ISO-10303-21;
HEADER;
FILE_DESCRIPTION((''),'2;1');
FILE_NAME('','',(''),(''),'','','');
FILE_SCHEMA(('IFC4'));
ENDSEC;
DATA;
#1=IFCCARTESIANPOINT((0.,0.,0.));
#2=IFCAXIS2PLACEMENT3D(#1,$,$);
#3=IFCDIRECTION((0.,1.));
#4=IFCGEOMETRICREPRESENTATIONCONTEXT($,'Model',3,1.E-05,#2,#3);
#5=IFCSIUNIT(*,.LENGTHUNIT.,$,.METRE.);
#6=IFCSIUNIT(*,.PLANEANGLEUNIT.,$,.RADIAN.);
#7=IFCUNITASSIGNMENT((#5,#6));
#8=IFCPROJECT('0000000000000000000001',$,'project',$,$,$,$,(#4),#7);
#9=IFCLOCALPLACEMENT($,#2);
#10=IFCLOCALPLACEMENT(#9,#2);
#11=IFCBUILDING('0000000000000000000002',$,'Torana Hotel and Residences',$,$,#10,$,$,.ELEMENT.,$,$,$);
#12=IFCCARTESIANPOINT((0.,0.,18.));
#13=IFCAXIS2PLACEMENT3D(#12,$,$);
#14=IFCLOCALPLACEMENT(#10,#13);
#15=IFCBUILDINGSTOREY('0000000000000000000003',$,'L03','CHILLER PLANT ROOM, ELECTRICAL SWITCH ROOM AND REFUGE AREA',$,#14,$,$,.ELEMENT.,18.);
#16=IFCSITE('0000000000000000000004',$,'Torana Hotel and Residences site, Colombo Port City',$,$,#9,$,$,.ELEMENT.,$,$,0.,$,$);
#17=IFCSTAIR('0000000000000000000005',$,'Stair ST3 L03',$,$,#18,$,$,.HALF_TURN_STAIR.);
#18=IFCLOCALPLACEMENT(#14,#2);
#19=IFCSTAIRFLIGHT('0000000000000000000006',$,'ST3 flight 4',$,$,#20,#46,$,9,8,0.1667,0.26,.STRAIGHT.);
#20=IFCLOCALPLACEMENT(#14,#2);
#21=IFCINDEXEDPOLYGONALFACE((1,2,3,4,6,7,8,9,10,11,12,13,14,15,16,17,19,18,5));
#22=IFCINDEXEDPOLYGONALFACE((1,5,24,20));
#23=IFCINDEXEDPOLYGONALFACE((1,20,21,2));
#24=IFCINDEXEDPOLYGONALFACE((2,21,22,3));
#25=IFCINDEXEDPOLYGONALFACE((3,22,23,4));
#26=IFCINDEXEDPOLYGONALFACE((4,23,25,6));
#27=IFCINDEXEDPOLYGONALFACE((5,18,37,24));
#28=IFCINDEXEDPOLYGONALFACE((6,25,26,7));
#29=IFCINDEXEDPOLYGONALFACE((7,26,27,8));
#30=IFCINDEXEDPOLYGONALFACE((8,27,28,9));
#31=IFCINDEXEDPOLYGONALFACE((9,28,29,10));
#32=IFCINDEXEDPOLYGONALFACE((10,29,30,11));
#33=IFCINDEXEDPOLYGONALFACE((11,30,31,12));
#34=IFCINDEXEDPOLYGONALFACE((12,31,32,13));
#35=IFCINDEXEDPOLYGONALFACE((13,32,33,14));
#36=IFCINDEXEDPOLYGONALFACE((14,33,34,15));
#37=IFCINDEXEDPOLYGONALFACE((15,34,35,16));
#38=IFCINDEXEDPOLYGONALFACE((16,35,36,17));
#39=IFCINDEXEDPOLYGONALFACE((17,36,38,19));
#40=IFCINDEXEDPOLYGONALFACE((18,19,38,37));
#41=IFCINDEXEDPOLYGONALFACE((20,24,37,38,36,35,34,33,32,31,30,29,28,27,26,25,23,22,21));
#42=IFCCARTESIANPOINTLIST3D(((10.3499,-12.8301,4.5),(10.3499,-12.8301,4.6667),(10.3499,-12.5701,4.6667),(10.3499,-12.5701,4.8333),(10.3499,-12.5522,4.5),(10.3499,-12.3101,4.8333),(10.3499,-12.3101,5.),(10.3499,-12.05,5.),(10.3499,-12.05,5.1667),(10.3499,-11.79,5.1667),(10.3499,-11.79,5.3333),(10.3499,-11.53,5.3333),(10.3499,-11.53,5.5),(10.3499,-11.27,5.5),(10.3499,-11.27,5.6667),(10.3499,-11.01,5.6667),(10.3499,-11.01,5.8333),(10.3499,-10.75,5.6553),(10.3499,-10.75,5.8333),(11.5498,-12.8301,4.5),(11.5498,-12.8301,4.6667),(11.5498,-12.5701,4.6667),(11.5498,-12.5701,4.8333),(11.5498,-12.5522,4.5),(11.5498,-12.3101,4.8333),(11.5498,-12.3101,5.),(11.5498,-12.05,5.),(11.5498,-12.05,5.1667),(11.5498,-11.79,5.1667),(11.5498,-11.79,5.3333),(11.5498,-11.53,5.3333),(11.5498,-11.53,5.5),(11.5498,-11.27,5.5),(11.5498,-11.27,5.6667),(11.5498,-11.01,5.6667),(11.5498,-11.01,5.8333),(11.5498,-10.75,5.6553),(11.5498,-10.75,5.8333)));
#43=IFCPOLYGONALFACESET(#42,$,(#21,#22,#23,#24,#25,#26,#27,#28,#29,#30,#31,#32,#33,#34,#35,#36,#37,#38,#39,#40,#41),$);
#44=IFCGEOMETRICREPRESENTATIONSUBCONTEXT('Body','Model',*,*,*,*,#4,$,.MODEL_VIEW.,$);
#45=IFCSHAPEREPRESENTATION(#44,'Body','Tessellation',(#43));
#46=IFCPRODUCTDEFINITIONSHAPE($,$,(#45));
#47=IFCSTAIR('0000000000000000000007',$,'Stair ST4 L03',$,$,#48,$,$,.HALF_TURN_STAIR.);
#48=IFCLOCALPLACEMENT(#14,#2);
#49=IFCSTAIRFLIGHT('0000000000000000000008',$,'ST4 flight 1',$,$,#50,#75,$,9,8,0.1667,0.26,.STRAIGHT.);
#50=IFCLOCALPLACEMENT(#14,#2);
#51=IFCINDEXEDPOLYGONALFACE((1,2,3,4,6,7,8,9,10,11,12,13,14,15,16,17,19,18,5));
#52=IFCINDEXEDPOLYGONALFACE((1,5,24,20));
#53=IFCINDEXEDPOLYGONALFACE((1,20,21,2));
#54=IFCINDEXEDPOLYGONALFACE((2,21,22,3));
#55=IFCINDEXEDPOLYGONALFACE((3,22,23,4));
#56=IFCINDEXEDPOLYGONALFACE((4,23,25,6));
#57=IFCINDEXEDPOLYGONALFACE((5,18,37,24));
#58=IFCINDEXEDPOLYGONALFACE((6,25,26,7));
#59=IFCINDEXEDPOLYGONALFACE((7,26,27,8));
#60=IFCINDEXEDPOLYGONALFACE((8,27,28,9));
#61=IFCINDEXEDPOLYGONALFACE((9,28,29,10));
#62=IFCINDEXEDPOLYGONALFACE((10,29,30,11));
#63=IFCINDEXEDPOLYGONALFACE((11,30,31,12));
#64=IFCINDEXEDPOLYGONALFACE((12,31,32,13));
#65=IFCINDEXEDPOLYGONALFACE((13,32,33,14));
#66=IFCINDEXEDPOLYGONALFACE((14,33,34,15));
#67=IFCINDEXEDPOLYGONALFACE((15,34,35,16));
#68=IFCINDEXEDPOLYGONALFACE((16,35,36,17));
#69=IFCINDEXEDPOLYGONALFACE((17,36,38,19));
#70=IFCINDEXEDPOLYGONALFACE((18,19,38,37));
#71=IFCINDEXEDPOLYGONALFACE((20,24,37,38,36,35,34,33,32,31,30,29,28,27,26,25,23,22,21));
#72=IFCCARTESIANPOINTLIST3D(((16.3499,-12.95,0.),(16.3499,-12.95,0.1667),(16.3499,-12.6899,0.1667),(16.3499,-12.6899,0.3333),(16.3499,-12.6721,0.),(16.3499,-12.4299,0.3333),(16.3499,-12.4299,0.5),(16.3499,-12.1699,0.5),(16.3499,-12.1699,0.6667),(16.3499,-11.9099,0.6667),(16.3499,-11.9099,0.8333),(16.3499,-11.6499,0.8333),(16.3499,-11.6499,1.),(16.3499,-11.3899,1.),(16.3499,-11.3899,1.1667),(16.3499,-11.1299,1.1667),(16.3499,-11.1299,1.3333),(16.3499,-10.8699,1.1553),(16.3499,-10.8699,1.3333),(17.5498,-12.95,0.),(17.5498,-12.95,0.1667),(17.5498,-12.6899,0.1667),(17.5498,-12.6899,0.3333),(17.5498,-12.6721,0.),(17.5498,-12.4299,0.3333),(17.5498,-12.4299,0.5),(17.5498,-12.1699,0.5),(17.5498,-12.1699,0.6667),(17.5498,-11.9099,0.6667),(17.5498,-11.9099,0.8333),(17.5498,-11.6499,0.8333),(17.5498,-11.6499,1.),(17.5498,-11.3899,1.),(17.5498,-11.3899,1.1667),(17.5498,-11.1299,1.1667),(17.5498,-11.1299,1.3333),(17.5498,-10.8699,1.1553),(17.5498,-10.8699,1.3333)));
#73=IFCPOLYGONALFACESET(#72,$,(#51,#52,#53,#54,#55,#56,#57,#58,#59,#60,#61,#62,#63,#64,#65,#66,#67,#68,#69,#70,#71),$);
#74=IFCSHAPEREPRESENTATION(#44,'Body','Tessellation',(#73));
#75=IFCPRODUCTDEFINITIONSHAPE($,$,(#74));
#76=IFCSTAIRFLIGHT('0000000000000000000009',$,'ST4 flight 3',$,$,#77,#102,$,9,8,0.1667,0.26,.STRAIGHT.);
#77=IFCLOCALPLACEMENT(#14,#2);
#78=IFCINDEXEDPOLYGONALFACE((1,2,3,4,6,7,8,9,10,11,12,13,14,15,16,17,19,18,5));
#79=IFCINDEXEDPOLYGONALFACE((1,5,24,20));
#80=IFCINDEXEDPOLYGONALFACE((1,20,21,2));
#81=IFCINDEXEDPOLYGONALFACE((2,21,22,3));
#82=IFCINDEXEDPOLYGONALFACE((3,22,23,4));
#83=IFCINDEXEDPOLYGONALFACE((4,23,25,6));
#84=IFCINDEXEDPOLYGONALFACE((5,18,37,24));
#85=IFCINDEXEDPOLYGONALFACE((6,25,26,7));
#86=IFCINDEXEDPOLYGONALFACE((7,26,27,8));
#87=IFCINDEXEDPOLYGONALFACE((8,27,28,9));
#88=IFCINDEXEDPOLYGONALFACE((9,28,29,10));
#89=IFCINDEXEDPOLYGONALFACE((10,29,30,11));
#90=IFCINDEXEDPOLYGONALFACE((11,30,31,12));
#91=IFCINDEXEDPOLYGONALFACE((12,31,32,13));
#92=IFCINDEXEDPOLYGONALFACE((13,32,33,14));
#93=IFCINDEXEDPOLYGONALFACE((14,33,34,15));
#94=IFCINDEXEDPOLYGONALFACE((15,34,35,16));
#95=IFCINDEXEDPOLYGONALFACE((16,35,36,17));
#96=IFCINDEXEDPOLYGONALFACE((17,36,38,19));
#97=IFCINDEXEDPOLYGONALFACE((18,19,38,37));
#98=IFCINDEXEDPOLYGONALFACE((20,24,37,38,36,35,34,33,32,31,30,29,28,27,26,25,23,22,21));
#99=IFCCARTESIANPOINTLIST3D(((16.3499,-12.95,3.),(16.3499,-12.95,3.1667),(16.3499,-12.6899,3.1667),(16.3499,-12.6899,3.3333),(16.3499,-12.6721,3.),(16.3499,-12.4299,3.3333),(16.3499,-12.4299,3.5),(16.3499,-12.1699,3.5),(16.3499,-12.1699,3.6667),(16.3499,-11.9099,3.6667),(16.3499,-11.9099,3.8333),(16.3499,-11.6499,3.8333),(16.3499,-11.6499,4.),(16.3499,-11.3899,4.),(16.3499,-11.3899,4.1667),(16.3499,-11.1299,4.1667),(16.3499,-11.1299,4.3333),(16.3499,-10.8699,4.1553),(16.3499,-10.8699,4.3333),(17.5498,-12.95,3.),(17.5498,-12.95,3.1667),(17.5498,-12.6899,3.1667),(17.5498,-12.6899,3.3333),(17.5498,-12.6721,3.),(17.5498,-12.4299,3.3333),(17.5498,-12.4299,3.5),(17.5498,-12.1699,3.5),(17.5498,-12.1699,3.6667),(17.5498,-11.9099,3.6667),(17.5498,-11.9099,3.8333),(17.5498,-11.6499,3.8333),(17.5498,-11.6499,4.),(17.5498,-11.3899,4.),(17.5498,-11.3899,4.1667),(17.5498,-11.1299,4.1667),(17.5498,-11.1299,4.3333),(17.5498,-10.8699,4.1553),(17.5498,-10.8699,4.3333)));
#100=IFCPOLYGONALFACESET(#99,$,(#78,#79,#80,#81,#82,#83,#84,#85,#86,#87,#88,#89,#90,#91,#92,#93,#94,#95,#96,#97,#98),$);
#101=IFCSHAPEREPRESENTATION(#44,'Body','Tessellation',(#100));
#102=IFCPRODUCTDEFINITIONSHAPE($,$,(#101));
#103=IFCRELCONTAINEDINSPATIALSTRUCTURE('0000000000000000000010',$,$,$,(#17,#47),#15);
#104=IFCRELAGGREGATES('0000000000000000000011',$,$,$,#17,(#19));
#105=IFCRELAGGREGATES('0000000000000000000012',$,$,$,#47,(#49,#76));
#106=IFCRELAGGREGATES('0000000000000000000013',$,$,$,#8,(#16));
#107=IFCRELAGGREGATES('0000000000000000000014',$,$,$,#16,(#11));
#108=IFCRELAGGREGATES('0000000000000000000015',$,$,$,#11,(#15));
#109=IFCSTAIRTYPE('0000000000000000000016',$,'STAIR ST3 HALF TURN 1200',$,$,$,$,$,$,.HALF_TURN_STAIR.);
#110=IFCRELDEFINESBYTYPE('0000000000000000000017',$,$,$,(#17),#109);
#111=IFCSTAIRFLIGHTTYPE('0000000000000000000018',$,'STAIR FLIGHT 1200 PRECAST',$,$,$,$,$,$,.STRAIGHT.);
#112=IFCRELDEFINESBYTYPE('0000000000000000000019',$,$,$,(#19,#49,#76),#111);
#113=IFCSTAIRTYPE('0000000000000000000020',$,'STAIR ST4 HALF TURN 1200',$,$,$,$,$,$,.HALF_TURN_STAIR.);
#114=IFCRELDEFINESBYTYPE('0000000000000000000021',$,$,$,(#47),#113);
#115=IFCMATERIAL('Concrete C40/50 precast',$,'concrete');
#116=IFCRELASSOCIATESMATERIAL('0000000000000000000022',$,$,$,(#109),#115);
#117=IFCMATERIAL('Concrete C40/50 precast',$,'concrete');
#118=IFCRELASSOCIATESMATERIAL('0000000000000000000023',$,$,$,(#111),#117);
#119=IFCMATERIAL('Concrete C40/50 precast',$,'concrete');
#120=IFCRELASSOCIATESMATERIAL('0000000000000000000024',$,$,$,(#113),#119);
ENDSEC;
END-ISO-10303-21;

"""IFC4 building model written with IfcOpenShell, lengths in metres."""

from ifc_helpers import new_model, si_unit, direction, frame, origin, place, context, subcontext, project, spatial, polyline, outline, extrude, material, type_object, element, aggregate, save


model = new_model("IFC4")

# Units and contexts
model_context = context("Model", 3, precision=1e-05, world=origin(), true_north=direction((0.0, 1.0)))
body_context = subcontext(model_context, "Body", "Model", "MODEL_VIEW")
ifc_project = project(units=[si_unit("LENGTHUNIT", "METRE"), si_unit("PLANEANGLEUNIT", "RADIAN")], contexts=[model_context])

# Site, building, storey
site_placement = place(None, origin())
site = spatial("IfcSite", under=ifc_project, at=site_placement, Name="Torana Hotel and Residences site, Colombo Port City", CompositionType="ELEMENT", RefElevation=0.0)
building_placement = place(site_placement, origin())
building = spatial("IfcBuilding", under=site, at=building_placement, Name="Torana Hotel and Residences", CompositionType="ELEMENT")
storey_placement = place(building_placement, frame((0.0, 0.0, 18.0)))
storey = spatial("IfcBuildingStorey", under=building, at=storey_placement, Name="L03", Description="CHILLER PLANT ROOM, ELECTRICAL SWITCH ROOM AND REFUGE AREA", CompositionType="ELEMENT", Elevation=18.0)

# Stairs, stair flights
ifc_material_1 = material(Name="Concrete C40/50 precast", Category="concrete")
stair_type_1 = type_object("IfcStairType", Name="STAIR ST3 HALF TURN 1200", PredefinedType="HALF_TURN_STAIR", material=ifc_material_1)
stair_1_placement = place(storey_placement, origin())
stair_1 = element("IfcStair", 1, at=stair_1_placement, inside=storey, type_object=stair_type_1, Name="Stair ST3 L03", PredefinedType="HALF_TURN_STAIR")
ifc_material_2 = material(Name="Concrete C40/50 precast", Category="concrete")
stair_flight_type = type_object("IfcStairFlightType", Name="STAIR FLIGHT 1200 PRECAST", PredefinedType="STRAIGHT", material=ifc_material_2)
stair_flight_1_placement = place(storey_placement, frame((10.95, -12.8301, 4.5), z_axis=(0.0, 0.0, 1.0), x_axis=(0.0, 1.0, 0.0)))
stair_flight_1 = element("IfcStairFlight", 2, at=stair_flight_1_placement, type_object=stair_flight_type, Name="ST3 flight 4", NumberOfRisers=9, NumberOfTreads=8, PredefinedType="STRAIGHT", RiserHeight=0.1667, TreadLength=0.26, context=body_context, shape_type="SweptSolid", body=[
    extrude(outline(polyline([(0.0, 0.0), (0.0, 0.1667), (0.26, 0.1667), (0.26, 0.3333), (0.52, 0.3333), (0.52, 0.5), (0.78, 0.5), (0.78, 0.6667), (1.04, 0.6667), (1.04, 0.8333), (1.3, 0.8333), (1.3, 1.0), (1.5601, 1.0), (1.5601, 1.1667), (1.8201, 1.1667), (1.8201, 1.3333), (2.0801, 1.3333), (2.0801, 1.5), (2.0801, 1.1553), (0.2778, 0.0), (0.0, 0.0)])), frame((0.0, 0.6001, 0.0), z_axis=(0.0, -1.0, 0.0), x_axis=(1.0, 0.0, 0.0)), (0.0, 0.0, 1.0), 1.2),
])
aggregate(stair_1, [stair_flight_1])
ifc_material_3 = material(Name="Concrete C40/50 precast", Category="concrete")
stair_type_2 = type_object("IfcStairType", Name="STAIR ST4 HALF TURN 1200", PredefinedType="HALF_TURN_STAIR", material=ifc_material_3)
stair_2_placement = place(storey_placement, origin())
stair_2 = element("IfcStair", 3, at=stair_2_placement, inside=storey, type_object=stair_type_2, Name="Stair ST4 L03", PredefinedType="HALF_TURN_STAIR")
stair_flight_2_placement = place(storey_placement, frame((16.95, -12.95, 0.0), z_axis=(0.0, 0.0, 1.0), x_axis=(0.0, 1.0, 0.0)))
stair_flight_2 = element("IfcStairFlight", 4, at=stair_flight_2_placement, type_object=stair_flight_type, Name="ST4 flight 1", NumberOfRisers=9, NumberOfTreads=8, PredefinedType="STRAIGHT", RiserHeight=0.1667, TreadLength=0.26, context=body_context, shape_type="SweptSolid", body=[
    extrude(outline(polyline([(0.0, 0.0), (0.0, 0.1667), (0.26, 0.1667), (0.26, 0.3333), (0.52, 0.3333), (0.52, 0.5), (0.78, 0.5), (0.78, 0.6667), (1.04, 0.6667), (1.04, 0.8333), (1.3, 0.8333), (1.3, 1.0), (1.5601, 1.0), (1.5601, 1.1667), (1.8201, 1.1667), (1.8201, 1.3333), (2.0801, 1.3333), (2.0801, 1.5), (2.0801, 1.1553), (0.2778, 0.0), (0.0, 0.0)])), frame((0.0, 0.6001, 0.0), z_axis=(0.0, -1.0, 0.0), x_axis=(1.0, 0.0, 0.0)), (0.0, 0.0, 1.0), 1.2),
])
stair_flight_3_placement = place(storey_placement, frame((16.95, -12.95, 3.0), z_axis=(0.0, 0.0, 1.0), x_axis=(0.0, 1.0, 0.0)))
stair_flight_3 = element("IfcStairFlight", 5, at=stair_flight_3_placement, type_object=stair_flight_type, Name="ST4 flight 3", NumberOfRisers=9, NumberOfTreads=8, PredefinedType="STRAIGHT", RiserHeight=0.1667, TreadLength=0.26, context=body_context, shape_type="SweptSolid", body=[
    extrude(outline(polyline([(0.0, 0.0), (0.0, 0.1667), (0.26, 0.1667), (0.26, 0.3333), (0.52, 0.3333), (0.52, 0.5), (0.78, 0.5), (0.78, 0.6667), (1.04, 0.6667), (1.04, 0.8333), (1.3, 0.8333), (1.3, 1.0), (1.5601, 1.0), (1.5601, 1.1667), (1.8201, 1.1667), (1.8201, 1.3333), (2.0801, 1.3333), (2.0801, 1.5), (2.0801, 1.1553), (0.2778, 0.0), (0.0, 0.0)])), frame((0.0, 0.6001, 0.0), z_axis=(0.0, -1.0, 0.0), x_axis=(1.0, 0.0, 0.0)), (0.0, 0.0, 1.0), 1.2),
])
aggregate(stair_2, [stair_flight_2, stair_flight_3])

save(model, "model.ifc")
